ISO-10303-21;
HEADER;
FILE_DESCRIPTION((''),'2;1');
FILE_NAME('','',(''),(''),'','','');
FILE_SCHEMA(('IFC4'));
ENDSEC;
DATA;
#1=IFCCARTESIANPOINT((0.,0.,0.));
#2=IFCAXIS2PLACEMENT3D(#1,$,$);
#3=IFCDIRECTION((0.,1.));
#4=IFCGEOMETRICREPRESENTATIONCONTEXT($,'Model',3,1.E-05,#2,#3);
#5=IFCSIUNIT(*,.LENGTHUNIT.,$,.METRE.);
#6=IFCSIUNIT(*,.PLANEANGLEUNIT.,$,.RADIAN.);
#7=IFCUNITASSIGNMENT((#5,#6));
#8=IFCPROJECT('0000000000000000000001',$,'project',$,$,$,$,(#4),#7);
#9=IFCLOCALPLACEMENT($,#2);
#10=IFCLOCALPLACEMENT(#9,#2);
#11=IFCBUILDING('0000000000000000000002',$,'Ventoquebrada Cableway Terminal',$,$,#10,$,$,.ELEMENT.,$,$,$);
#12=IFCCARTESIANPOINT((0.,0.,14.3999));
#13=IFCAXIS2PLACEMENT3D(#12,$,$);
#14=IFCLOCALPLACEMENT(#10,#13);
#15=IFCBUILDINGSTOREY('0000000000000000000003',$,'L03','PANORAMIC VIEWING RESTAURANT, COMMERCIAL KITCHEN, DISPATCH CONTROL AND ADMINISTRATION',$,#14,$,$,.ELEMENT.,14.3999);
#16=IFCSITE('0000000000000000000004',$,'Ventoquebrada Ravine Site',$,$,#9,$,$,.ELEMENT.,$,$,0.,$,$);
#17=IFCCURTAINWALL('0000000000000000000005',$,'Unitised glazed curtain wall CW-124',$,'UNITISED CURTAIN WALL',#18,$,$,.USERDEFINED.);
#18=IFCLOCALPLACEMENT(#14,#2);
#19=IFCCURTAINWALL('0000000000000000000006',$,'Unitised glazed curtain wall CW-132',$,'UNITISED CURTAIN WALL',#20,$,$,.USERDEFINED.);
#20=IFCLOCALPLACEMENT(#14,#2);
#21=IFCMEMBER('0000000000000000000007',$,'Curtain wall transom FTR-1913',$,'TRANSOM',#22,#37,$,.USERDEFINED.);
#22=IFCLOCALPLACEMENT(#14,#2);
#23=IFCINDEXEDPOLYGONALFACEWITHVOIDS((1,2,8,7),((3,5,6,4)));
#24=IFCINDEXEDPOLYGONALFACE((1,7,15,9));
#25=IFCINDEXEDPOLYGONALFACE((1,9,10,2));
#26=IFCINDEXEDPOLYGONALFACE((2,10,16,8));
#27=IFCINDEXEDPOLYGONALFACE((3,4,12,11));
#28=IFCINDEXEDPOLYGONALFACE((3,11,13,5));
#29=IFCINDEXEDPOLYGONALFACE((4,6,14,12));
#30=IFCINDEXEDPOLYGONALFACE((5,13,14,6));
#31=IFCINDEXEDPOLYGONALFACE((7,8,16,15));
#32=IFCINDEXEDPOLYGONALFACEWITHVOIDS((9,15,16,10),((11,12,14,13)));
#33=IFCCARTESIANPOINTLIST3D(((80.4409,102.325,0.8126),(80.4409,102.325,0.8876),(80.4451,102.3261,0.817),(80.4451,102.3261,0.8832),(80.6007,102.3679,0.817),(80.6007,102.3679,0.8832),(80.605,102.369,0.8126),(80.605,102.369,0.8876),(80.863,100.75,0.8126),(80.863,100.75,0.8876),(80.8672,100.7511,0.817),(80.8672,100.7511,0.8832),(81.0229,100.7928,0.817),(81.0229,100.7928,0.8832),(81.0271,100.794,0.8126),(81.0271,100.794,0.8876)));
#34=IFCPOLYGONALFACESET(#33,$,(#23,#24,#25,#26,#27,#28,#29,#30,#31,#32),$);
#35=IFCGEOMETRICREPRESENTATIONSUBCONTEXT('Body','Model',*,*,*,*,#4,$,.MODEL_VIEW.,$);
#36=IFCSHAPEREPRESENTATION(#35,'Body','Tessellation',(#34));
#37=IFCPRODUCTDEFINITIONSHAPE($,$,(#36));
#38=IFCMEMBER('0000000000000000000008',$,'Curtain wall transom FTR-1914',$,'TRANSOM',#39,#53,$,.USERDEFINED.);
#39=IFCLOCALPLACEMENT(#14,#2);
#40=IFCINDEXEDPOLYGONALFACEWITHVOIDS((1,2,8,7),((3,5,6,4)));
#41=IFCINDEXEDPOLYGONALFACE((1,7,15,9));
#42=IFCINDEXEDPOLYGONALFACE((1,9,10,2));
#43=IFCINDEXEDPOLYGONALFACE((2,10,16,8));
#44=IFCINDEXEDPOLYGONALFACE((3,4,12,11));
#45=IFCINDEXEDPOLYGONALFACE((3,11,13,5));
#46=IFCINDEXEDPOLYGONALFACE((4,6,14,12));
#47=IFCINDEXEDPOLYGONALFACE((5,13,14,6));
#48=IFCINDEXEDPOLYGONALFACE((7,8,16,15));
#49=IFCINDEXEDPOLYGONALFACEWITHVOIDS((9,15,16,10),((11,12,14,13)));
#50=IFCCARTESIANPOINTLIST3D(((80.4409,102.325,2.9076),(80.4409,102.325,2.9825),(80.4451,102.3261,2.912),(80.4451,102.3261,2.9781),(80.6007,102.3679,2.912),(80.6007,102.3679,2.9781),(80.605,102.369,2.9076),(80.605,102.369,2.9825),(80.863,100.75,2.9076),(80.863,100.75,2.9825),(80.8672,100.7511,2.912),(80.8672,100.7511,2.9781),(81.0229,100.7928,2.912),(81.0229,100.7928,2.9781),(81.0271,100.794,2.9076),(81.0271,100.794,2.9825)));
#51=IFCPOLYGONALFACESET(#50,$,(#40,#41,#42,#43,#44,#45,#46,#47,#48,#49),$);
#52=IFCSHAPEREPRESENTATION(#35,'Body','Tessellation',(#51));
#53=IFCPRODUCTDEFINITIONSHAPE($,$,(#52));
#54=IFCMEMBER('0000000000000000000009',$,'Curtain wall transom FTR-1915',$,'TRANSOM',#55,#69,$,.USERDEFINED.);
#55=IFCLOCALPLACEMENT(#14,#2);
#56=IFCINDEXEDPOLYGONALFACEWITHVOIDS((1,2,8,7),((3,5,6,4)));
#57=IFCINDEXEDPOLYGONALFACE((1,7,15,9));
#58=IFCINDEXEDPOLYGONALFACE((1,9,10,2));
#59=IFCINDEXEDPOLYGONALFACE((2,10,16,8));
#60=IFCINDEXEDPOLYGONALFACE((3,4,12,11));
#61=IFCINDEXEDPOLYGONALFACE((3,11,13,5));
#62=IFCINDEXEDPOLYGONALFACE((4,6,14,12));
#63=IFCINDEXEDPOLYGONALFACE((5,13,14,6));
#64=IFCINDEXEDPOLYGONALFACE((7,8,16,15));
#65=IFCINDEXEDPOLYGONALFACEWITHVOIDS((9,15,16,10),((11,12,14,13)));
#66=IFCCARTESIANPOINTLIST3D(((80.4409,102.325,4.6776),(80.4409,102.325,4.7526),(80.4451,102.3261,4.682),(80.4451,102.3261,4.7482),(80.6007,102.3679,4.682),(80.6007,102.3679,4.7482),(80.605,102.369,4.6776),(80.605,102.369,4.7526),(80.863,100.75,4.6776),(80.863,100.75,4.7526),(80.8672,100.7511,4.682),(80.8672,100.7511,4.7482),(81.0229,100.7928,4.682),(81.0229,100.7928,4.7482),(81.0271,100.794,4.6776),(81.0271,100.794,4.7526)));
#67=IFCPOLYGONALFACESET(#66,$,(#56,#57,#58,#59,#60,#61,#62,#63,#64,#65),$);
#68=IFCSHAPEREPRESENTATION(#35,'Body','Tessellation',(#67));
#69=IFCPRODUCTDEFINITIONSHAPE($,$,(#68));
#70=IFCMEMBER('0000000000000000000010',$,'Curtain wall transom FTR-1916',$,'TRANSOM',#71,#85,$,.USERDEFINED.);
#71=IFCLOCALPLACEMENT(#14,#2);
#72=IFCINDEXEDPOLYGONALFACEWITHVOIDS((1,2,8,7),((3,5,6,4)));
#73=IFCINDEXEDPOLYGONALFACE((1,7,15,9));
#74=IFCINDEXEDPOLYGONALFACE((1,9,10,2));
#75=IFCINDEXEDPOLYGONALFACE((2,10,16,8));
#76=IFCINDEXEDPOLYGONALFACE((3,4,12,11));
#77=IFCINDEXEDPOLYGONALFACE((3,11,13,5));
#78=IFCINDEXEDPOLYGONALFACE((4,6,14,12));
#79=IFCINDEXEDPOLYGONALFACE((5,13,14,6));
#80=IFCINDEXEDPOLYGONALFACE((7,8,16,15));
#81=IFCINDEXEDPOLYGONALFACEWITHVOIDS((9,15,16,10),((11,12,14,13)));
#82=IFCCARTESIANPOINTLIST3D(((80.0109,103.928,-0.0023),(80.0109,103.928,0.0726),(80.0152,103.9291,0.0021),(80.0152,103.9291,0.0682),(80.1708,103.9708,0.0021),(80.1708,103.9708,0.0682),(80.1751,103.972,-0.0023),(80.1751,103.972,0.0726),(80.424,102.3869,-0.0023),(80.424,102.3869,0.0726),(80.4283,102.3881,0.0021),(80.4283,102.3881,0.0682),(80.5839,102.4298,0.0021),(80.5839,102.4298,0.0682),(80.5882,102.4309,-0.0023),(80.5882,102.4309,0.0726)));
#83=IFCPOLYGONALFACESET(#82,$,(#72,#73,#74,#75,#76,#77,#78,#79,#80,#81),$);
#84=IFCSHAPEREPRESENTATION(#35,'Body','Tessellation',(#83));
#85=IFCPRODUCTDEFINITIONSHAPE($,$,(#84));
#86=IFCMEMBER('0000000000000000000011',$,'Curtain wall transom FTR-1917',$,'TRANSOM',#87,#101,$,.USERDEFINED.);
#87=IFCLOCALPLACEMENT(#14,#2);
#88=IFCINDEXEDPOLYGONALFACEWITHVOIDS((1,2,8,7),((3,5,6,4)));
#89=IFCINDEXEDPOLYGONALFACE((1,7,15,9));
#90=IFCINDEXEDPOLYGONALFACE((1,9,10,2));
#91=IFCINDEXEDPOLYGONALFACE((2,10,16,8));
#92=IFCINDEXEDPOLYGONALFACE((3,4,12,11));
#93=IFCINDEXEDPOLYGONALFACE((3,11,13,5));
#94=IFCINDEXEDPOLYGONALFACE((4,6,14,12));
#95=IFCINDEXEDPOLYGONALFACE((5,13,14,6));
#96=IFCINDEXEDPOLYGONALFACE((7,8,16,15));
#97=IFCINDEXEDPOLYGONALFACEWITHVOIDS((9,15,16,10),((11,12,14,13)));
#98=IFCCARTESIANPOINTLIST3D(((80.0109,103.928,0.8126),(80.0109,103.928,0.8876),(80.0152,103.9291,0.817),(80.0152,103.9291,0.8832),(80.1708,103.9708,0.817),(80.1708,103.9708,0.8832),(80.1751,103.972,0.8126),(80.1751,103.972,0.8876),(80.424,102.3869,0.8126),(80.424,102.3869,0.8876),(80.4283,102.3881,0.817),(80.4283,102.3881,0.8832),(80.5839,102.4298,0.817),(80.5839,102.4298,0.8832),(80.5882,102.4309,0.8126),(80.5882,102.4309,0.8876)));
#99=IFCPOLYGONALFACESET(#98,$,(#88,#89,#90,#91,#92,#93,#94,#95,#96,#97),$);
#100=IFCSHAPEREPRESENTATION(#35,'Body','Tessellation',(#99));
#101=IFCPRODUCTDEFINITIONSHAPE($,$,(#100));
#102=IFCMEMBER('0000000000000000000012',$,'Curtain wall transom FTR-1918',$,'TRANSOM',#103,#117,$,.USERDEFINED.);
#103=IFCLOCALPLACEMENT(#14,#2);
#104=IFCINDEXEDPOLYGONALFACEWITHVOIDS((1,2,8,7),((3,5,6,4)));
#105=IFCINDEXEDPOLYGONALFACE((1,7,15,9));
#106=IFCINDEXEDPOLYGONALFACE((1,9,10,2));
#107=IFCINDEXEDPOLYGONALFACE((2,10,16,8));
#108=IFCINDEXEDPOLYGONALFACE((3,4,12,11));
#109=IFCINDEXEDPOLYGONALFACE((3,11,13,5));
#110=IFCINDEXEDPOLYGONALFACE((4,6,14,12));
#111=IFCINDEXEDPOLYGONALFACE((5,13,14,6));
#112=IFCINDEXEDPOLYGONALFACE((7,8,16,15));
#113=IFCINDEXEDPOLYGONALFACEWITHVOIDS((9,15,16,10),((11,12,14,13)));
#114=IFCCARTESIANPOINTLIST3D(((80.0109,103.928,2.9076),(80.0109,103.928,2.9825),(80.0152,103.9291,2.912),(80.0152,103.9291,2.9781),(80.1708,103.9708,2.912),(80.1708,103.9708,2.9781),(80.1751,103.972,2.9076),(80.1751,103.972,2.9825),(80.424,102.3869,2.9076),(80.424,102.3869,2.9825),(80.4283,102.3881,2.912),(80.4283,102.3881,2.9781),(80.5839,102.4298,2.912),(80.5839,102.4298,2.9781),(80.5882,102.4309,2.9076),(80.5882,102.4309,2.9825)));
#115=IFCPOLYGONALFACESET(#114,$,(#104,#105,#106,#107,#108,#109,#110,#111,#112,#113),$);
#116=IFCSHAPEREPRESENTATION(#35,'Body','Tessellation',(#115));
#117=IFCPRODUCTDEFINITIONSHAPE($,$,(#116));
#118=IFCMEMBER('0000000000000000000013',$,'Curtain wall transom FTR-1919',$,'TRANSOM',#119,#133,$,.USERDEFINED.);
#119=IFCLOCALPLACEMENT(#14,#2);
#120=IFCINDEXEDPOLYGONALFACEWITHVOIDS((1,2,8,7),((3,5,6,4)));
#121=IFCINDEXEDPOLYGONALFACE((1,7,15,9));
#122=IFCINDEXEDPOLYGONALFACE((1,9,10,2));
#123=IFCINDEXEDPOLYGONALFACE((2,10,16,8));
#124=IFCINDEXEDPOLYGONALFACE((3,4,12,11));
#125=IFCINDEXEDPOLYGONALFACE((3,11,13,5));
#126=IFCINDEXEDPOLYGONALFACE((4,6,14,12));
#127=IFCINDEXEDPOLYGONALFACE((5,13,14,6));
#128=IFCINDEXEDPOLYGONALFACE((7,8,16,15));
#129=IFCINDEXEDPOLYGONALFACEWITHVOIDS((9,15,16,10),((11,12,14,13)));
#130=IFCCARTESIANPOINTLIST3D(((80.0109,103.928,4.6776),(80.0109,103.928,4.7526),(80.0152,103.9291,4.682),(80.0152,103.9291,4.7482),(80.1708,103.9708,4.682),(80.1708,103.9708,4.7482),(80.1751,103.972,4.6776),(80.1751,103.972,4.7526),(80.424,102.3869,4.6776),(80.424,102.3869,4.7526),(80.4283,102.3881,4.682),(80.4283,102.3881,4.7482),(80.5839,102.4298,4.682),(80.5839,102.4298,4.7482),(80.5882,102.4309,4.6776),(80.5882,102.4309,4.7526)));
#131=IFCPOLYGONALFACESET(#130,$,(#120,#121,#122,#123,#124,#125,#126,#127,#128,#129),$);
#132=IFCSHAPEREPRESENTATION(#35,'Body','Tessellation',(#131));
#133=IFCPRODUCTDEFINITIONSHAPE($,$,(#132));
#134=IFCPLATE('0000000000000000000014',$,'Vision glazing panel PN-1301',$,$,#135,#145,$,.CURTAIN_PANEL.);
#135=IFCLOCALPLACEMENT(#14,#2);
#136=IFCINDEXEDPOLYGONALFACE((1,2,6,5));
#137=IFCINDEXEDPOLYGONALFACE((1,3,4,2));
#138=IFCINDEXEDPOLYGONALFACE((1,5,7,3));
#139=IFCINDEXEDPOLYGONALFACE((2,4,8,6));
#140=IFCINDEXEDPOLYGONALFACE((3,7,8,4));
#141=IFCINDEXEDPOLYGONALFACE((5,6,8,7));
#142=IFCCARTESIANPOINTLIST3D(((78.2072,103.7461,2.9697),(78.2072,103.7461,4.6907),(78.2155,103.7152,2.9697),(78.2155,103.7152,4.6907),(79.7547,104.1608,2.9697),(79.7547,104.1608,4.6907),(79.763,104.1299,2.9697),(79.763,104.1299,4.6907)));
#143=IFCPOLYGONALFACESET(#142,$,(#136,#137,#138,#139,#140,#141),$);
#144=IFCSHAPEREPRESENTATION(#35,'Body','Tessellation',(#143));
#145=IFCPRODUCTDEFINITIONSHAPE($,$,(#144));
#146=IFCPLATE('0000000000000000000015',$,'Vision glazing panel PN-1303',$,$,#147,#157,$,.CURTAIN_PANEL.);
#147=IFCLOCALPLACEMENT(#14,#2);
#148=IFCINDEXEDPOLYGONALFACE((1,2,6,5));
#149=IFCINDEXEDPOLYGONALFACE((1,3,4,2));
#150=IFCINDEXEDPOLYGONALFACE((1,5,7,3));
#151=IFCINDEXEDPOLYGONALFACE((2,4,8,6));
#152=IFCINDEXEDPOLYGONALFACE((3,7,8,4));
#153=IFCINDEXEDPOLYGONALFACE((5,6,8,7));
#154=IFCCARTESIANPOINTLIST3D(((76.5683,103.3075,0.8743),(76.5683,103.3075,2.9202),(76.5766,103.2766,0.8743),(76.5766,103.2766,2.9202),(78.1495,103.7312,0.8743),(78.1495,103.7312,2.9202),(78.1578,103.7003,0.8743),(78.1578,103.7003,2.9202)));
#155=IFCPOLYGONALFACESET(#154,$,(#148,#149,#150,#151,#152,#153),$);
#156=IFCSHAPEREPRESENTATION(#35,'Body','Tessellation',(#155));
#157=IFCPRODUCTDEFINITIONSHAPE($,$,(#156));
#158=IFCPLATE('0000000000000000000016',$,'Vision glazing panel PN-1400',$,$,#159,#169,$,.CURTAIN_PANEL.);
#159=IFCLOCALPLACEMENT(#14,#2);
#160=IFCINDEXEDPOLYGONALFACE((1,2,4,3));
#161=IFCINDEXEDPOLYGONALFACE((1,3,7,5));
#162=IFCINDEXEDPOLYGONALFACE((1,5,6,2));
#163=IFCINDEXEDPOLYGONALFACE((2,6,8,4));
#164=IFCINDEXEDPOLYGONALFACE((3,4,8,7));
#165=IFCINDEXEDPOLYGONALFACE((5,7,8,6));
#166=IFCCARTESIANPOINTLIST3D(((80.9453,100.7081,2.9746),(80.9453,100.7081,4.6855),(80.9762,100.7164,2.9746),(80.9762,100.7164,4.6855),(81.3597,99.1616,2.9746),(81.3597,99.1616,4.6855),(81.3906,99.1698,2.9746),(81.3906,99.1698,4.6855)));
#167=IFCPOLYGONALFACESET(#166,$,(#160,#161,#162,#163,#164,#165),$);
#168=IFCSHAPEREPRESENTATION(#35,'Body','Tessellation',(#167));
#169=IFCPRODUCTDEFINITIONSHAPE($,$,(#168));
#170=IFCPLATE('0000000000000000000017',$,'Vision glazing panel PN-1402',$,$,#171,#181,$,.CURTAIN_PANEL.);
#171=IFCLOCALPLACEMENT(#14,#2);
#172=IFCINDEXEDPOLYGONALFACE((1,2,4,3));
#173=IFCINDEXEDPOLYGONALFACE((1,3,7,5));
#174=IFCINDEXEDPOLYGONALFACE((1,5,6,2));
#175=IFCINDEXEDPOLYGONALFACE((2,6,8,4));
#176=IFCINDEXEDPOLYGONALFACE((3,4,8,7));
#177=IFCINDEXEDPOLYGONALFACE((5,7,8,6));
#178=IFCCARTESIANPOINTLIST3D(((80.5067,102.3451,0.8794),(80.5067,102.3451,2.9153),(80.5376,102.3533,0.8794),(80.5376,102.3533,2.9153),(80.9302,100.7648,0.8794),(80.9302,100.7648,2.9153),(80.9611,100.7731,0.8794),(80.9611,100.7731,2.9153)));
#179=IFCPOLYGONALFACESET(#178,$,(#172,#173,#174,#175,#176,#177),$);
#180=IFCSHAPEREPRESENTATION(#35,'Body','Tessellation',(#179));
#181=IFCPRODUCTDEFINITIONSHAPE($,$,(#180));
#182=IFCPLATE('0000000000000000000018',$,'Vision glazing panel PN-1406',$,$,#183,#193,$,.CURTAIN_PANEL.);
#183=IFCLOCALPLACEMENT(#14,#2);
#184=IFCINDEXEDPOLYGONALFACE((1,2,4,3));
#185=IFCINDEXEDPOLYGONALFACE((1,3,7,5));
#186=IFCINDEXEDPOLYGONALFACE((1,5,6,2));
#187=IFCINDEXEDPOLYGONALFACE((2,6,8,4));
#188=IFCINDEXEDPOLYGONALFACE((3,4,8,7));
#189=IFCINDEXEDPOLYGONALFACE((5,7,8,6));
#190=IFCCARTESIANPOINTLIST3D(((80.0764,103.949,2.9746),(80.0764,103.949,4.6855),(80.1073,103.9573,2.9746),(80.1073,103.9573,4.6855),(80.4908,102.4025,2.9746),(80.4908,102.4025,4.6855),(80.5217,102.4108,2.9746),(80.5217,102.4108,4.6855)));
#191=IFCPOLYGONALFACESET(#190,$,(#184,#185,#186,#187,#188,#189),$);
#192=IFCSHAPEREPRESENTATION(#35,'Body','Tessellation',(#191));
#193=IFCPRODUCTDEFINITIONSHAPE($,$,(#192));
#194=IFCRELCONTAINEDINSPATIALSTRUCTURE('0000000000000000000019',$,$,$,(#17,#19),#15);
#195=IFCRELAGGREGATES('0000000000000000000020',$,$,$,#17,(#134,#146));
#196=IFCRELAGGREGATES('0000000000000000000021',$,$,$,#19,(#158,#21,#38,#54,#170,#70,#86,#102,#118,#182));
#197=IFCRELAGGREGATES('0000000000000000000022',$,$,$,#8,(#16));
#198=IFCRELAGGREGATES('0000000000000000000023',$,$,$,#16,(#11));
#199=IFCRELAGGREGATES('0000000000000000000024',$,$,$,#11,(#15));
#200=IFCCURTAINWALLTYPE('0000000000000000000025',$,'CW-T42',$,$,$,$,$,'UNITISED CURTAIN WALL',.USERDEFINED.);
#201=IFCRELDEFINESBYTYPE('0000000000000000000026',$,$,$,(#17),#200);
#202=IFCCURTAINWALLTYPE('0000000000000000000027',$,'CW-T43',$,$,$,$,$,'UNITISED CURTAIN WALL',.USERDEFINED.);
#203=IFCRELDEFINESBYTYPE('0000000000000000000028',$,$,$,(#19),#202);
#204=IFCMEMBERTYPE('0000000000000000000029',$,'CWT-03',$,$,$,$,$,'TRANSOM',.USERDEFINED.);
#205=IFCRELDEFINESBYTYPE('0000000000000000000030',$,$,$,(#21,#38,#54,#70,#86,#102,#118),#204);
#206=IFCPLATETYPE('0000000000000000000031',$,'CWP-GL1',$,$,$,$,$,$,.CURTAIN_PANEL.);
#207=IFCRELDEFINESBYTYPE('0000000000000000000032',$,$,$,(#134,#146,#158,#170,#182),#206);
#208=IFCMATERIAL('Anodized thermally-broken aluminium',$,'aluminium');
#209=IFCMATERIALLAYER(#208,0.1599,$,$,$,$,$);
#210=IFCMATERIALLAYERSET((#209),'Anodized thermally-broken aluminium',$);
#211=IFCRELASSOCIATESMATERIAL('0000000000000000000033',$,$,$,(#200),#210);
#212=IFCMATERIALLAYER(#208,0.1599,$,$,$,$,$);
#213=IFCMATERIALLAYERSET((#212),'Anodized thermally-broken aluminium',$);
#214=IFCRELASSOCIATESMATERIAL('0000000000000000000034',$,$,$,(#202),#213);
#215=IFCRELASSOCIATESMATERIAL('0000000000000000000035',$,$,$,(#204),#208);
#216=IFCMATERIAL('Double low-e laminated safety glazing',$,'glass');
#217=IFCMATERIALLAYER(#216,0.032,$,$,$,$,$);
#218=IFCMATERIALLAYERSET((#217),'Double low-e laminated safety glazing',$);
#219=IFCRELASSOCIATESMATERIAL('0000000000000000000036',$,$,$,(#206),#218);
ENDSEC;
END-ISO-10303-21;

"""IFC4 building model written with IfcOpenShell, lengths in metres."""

from ifc_helpers import new_model, si_unit, direction, frame, origin, origin_2d, place, context, subcontext, project, spatial, rectangle, hollow_rectangle, extrude, material, layer, layer_set, material_profile, profile_set, type_object, element, aggregate, save


model = new_model("IFC4")

# Units and contexts
model_context = context("Model", 3, precision=1e-05, world=origin(), true_north=direction((0.0, 1.0)))
body_context = subcontext(model_context, "Body", "Model", "MODEL_VIEW")
ifc_project = project(units=[si_unit("LENGTHUNIT", "METRE"), si_unit("PLANEANGLEUNIT", "RADIAN")], contexts=[model_context])

# Site, building, storey
site_placement = place(None, origin())
site = spatial("IfcSite", under=ifc_project, at=site_placement, Name="Ventoquebrada Ravine Site", CompositionType="ELEMENT", RefElevation=0.0)
building_placement = place(site_placement, origin())
building = spatial("IfcBuilding", under=site, at=building_placement, Name="Ventoquebrada Cableway Terminal", CompositionType="ELEMENT")
storey_placement = place(building_placement, frame((0.0, 0.0, 14.3999)))
storey = spatial("IfcBuildingStorey", under=building, at=storey_placement, Name="L03", Description="PANORAMIC VIEWING RESTAURANT, COMMERCIAL KITCHEN, DISPATCH CONTROL AND ADMINISTRATION", CompositionType="ELEMENT", Elevation=14.3999)

# Curtain walls
ifc_material_1 = material(Name="Anodized thermally-broken aluminium", Category="aluminium")
ifc_layer_1 = layer(ifc_material_1, 0.1599)
ifc_layer_set_1 = layer_set([ifc_layer_1], Name="Anodized thermally-broken aluminium")
curtain_wall_type_1 = type_object("IfcCurtainWallType", Name="CW-T42", ElementType="UNITISED CURTAIN WALL", PredefinedType="USERDEFINED", material=ifc_layer_set_1)
curtain_wall_1_placement = place(storey_placement, origin())
curtain_wall_1 = element("IfcCurtainWall", 1, at=curtain_wall_1_placement, inside=storey, type_object=curtain_wall_type_1, Name="Unitised glazed curtain wall CW-124", ObjectType="UNITISED CURTAIN WALL", PredefinedType="USERDEFINED")
ifc_layer_2 = layer(ifc_material_1, 0.1599)
ifc_layer_set_2 = layer_set([ifc_layer_2], Name="Anodized thermally-broken aluminium")
curtain_wall_type_2 = type_object("IfcCurtainWallType", Name="CW-T43", ElementType="UNITISED CURTAIN WALL", PredefinedType="USERDEFINED", material=ifc_layer_set_2)
curtain_wall_2_placement = place(storey_placement, origin())
curtain_wall_2 = element("IfcCurtainWall", 2, at=curtain_wall_2_placement, inside=storey, type_object=curtain_wall_type_2, Name="Unitised glazed curtain wall CW-132", ObjectType="UNITISED CURTAIN WALL", PredefinedType="USERDEFINED")

# Members
ifc_material_profile_1 = material_profile(ifc_material_1, hollow_rectangle(XDim=0.075, YDim=0.1699, WallThickness=0.0044, at=origin_2d()), Name="CW-TRN-75X170")
ifc_profile_set_1 = profile_set([ifc_material_profile_1], Name="Anodized thermally-broken aluminium")
member_type_1 = type_object("IfcMemberType", Name="CWT-03", ElementType="TRANSOM", PredefinedType="USERDEFINED", material=ifc_profile_set_1)
member_1_placement = place(storey_placement, frame((80.9451, 100.772, 0.8501), z_axis=(-0.258883, 0.965909, 0.0), x_axis=(0.0, 0.0, 1.0)))
member_1 = element("IfcMember", 3, at=member_1_placement, type_object=member_type_1, Name="Curtain wall transom FTR-1913", ObjectType="TRANSOM", PredefinedType="USERDEFINED", context=body_context, shape_type="SweptSolid", body=[
    extrude(hollow_rectangle(XDim=0.075, YDim=0.1699, WallThickness=0.0044, at=origin_2d()), origin(), (0.0, 0.0, 1.0), 1.6306),
])
member_2_placement = place(storey_placement, frame((80.9451, 100.772, 2.9451), z_axis=(-0.258883, 0.965909, 0.0), x_axis=(0.0, 0.0, 1.0)))
member_2 = element("IfcMember", 4, at=member_2_placement, type_object=member_type_1, Name="Curtain wall transom FTR-1914", ObjectType="TRANSOM", PredefinedType="USERDEFINED", context=body_context, shape_type="SweptSolid", body=[
    extrude(hollow_rectangle(XDim=0.075, YDim=0.1699, WallThickness=0.0044, at=origin_2d()), origin(), (0.0, 0.0, 1.0), 1.6306),
])
member_3_placement = place(storey_placement, frame((80.9451, 100.772, 4.7151), z_axis=(-0.258883, 0.965909, 0.0), x_axis=(0.0, 0.0, 1.0)))
member_3 = element("IfcMember", 5, at=member_3_placement, type_object=member_type_1, Name="Curtain wall transom FTR-1915", ObjectType="TRANSOM", PredefinedType="USERDEFINED", context=body_context, shape_type="SweptSolid", body=[
    extrude(hollow_rectangle(XDim=0.075, YDim=0.1699, WallThickness=0.0044, at=origin_2d()), origin(), (0.0, 0.0, 1.0), 1.6306),
])
member_4_placement = place(storey_placement, frame((80.5061, 102.4089, 0.0352), z_axis=(-0.25892, 0.965899, 0.0), x_axis=(0.0, 0.0, 1.0)))
member_4 = element("IfcMember", 6, at=member_4_placement, type_object=member_type_1, Name="Curtain wall transom FTR-1916", ObjectType="TRANSOM", PredefinedType="USERDEFINED", context=body_context, shape_type="SweptSolid", body=[
    extrude(hollow_rectangle(XDim=0.075, YDim=0.1699, WallThickness=0.0044, at=origin_2d()), origin(), (0.0, 0.0, 1.0), 1.5955),
])
member_5_placement = place(storey_placement, frame((80.5061, 102.4089, 0.8501), z_axis=(-0.25892, 0.965899, 0.0), x_axis=(0.0, 0.0, 1.0)))
member_5 = element("IfcMember", 7, at=member_5_placement, type_object=member_type_1, Name="Curtain wall transom FTR-1917", ObjectType="TRANSOM", PredefinedType="USERDEFINED", context=body_context, shape_type="SweptSolid", body=[
    extrude(hollow_rectangle(XDim=0.075, YDim=0.1699, WallThickness=0.0044, at=origin_2d()), origin(), (0.0, 0.0, 1.0), 1.5955),
])
member_6_placement = place(storey_placement, frame((80.5061, 102.4089, 2.9451), z_axis=(-0.25892, 0.965899, 0.0), x_axis=(0.0, 0.0, 1.0)))
member_6 = element("IfcMember", 8, at=member_6_placement, type_object=member_type_1, Name="Curtain wall transom FTR-1918", ObjectType="TRANSOM", PredefinedType="USERDEFINED", context=body_context, shape_type="SweptSolid", body=[
    extrude(hollow_rectangle(XDim=0.075, YDim=0.1699, WallThickness=0.0044, at=origin_2d()), origin(), (0.0, 0.0, 1.0), 1.5955),
])
member_7_placement = place(storey_placement, frame((80.5061, 102.4089, 4.7151), z_axis=(-0.25892, 0.965899, 0.0), x_axis=(0.0, 0.0, 1.0)))
member_7 = element("IfcMember", 9, at=member_7_placement, type_object=member_type_1, Name="Curtain wall transom FTR-1919", ObjectType="TRANSOM", PredefinedType="USERDEFINED", context=body_context, shape_type="SweptSolid", body=[
    extrude(hollow_rectangle(XDim=0.075, YDim=0.1699, WallThickness=0.0044, at=origin_2d()), origin(), (0.0, 0.0, 1.0), 1.5955),
])

# Plates
ifc_material_2 = material(Name="Double low-e laminated safety glazing", Category="glass")
ifc_layer_3 = layer(ifc_material_2, 0.032)
ifc_layer_set_3 = layer_set([ifc_layer_3], Name="Double low-e laminated safety glazing")
plate_type_1 = type_object("IfcPlateType", Name="CWP-GL1", PredefinedType="CURTAIN_PANEL", material=ifc_layer_set_3)
plate_1_placement = place(storey_placement, frame((78.9851, 103.938, 2.9697), z_axis=(0.0, 0.0, 1.0), x_axis=(-0.965921, -0.258836, 0.0)))
plate_1 = element("IfcPlate", 10, at=plate_1_placement, type_object=plate_type_1, Name="Vision glazing panel PN-1301", PredefinedType="CURTAIN_PANEL", context=body_context, shape_type="SweptSolid", body=[
    extrude(rectangle(XDim=1.6021, YDim=0.032, at=origin_2d()), origin(), (0.0, 0.0, 1.0), 1.7209),
])
plate_2_placement = place(storey_placement, frame((77.363, 103.5039, 0.8743), z_axis=(0.0, 0.0, 1.0), x_axis=(-0.965921, -0.258836, 0.0)))
plate_2 = element("IfcPlate", 11, at=plate_2_placement, type_object=plate_type_1, Name="Vision glazing panel PN-1303", PredefinedType="CURTAIN_PANEL", context=body_context, shape_type="SweptSolid", body=[
    extrude(rectangle(XDim=1.637, YDim=0.032, at=origin_2d()), origin(), (0.0, 0.0, 1.0), 2.0459),
])
plate_3_placement = place(storey_placement, frame((81.168, 99.939, 2.9746), z_axis=(0.0, 0.0, 1.0), x_axis=(-0.258836, 0.965921, 0.0)))
plate_3 = element("IfcPlate", 12, at=plate_3_placement, type_object=plate_type_1, Name="Vision glazing panel PN-1400", PredefinedType="CURTAIN_PANEL", context=body_context, shape_type="SweptSolid", body=[
    extrude(rectangle(XDim=1.6011, YDim=0.032, at=origin_2d()), origin(), (0.0, 0.0, 1.0), 1.7109),
])
plate_4_placement = place(storey_placement, frame((80.7339, 101.5591, 0.8794), z_axis=(0.0, 0.0, 1.0), x_axis=(-0.258836, 0.965921, 0.0)))
plate_4 = element("IfcPlate", 13, at=plate_4_placement, type_object=plate_type_1, Name="Vision glazing panel PN-1402", PredefinedType="CURTAIN_PANEL", context=body_context, shape_type="SweptSolid", body=[
    extrude(rectangle(XDim=1.636, YDim=0.032, at=origin_2d()), origin(), (0.0, 0.0, 1.0), 2.0359),
])
plate_5_placement = place(storey_placement, frame((80.2991, 103.1799, 2.9746), z_axis=(0.0, 0.0, 1.0), x_axis=(-0.258836, 0.965921, 0.0)))
plate_5 = element("IfcPlate", 14, at=plate_5_placement, type_object=plate_type_1, Name="Vision glazing panel PN-1406", PredefinedType="CURTAIN_PANEL", context=body_context, shape_type="SweptSolid", body=[
    extrude(rectangle(XDim=1.6011, YDim=0.032, at=origin_2d()), origin(), (0.0, 0.0, 1.0), 1.7109),
])
aggregate(curtain_wall_1, [plate_1, plate_2])
aggregate(curtain_wall_2, [plate_3, member_1, member_2, member_3, plate_4, member_4, member_5, member_6, member_7, plate_5])

save(model, "model.ifc")
